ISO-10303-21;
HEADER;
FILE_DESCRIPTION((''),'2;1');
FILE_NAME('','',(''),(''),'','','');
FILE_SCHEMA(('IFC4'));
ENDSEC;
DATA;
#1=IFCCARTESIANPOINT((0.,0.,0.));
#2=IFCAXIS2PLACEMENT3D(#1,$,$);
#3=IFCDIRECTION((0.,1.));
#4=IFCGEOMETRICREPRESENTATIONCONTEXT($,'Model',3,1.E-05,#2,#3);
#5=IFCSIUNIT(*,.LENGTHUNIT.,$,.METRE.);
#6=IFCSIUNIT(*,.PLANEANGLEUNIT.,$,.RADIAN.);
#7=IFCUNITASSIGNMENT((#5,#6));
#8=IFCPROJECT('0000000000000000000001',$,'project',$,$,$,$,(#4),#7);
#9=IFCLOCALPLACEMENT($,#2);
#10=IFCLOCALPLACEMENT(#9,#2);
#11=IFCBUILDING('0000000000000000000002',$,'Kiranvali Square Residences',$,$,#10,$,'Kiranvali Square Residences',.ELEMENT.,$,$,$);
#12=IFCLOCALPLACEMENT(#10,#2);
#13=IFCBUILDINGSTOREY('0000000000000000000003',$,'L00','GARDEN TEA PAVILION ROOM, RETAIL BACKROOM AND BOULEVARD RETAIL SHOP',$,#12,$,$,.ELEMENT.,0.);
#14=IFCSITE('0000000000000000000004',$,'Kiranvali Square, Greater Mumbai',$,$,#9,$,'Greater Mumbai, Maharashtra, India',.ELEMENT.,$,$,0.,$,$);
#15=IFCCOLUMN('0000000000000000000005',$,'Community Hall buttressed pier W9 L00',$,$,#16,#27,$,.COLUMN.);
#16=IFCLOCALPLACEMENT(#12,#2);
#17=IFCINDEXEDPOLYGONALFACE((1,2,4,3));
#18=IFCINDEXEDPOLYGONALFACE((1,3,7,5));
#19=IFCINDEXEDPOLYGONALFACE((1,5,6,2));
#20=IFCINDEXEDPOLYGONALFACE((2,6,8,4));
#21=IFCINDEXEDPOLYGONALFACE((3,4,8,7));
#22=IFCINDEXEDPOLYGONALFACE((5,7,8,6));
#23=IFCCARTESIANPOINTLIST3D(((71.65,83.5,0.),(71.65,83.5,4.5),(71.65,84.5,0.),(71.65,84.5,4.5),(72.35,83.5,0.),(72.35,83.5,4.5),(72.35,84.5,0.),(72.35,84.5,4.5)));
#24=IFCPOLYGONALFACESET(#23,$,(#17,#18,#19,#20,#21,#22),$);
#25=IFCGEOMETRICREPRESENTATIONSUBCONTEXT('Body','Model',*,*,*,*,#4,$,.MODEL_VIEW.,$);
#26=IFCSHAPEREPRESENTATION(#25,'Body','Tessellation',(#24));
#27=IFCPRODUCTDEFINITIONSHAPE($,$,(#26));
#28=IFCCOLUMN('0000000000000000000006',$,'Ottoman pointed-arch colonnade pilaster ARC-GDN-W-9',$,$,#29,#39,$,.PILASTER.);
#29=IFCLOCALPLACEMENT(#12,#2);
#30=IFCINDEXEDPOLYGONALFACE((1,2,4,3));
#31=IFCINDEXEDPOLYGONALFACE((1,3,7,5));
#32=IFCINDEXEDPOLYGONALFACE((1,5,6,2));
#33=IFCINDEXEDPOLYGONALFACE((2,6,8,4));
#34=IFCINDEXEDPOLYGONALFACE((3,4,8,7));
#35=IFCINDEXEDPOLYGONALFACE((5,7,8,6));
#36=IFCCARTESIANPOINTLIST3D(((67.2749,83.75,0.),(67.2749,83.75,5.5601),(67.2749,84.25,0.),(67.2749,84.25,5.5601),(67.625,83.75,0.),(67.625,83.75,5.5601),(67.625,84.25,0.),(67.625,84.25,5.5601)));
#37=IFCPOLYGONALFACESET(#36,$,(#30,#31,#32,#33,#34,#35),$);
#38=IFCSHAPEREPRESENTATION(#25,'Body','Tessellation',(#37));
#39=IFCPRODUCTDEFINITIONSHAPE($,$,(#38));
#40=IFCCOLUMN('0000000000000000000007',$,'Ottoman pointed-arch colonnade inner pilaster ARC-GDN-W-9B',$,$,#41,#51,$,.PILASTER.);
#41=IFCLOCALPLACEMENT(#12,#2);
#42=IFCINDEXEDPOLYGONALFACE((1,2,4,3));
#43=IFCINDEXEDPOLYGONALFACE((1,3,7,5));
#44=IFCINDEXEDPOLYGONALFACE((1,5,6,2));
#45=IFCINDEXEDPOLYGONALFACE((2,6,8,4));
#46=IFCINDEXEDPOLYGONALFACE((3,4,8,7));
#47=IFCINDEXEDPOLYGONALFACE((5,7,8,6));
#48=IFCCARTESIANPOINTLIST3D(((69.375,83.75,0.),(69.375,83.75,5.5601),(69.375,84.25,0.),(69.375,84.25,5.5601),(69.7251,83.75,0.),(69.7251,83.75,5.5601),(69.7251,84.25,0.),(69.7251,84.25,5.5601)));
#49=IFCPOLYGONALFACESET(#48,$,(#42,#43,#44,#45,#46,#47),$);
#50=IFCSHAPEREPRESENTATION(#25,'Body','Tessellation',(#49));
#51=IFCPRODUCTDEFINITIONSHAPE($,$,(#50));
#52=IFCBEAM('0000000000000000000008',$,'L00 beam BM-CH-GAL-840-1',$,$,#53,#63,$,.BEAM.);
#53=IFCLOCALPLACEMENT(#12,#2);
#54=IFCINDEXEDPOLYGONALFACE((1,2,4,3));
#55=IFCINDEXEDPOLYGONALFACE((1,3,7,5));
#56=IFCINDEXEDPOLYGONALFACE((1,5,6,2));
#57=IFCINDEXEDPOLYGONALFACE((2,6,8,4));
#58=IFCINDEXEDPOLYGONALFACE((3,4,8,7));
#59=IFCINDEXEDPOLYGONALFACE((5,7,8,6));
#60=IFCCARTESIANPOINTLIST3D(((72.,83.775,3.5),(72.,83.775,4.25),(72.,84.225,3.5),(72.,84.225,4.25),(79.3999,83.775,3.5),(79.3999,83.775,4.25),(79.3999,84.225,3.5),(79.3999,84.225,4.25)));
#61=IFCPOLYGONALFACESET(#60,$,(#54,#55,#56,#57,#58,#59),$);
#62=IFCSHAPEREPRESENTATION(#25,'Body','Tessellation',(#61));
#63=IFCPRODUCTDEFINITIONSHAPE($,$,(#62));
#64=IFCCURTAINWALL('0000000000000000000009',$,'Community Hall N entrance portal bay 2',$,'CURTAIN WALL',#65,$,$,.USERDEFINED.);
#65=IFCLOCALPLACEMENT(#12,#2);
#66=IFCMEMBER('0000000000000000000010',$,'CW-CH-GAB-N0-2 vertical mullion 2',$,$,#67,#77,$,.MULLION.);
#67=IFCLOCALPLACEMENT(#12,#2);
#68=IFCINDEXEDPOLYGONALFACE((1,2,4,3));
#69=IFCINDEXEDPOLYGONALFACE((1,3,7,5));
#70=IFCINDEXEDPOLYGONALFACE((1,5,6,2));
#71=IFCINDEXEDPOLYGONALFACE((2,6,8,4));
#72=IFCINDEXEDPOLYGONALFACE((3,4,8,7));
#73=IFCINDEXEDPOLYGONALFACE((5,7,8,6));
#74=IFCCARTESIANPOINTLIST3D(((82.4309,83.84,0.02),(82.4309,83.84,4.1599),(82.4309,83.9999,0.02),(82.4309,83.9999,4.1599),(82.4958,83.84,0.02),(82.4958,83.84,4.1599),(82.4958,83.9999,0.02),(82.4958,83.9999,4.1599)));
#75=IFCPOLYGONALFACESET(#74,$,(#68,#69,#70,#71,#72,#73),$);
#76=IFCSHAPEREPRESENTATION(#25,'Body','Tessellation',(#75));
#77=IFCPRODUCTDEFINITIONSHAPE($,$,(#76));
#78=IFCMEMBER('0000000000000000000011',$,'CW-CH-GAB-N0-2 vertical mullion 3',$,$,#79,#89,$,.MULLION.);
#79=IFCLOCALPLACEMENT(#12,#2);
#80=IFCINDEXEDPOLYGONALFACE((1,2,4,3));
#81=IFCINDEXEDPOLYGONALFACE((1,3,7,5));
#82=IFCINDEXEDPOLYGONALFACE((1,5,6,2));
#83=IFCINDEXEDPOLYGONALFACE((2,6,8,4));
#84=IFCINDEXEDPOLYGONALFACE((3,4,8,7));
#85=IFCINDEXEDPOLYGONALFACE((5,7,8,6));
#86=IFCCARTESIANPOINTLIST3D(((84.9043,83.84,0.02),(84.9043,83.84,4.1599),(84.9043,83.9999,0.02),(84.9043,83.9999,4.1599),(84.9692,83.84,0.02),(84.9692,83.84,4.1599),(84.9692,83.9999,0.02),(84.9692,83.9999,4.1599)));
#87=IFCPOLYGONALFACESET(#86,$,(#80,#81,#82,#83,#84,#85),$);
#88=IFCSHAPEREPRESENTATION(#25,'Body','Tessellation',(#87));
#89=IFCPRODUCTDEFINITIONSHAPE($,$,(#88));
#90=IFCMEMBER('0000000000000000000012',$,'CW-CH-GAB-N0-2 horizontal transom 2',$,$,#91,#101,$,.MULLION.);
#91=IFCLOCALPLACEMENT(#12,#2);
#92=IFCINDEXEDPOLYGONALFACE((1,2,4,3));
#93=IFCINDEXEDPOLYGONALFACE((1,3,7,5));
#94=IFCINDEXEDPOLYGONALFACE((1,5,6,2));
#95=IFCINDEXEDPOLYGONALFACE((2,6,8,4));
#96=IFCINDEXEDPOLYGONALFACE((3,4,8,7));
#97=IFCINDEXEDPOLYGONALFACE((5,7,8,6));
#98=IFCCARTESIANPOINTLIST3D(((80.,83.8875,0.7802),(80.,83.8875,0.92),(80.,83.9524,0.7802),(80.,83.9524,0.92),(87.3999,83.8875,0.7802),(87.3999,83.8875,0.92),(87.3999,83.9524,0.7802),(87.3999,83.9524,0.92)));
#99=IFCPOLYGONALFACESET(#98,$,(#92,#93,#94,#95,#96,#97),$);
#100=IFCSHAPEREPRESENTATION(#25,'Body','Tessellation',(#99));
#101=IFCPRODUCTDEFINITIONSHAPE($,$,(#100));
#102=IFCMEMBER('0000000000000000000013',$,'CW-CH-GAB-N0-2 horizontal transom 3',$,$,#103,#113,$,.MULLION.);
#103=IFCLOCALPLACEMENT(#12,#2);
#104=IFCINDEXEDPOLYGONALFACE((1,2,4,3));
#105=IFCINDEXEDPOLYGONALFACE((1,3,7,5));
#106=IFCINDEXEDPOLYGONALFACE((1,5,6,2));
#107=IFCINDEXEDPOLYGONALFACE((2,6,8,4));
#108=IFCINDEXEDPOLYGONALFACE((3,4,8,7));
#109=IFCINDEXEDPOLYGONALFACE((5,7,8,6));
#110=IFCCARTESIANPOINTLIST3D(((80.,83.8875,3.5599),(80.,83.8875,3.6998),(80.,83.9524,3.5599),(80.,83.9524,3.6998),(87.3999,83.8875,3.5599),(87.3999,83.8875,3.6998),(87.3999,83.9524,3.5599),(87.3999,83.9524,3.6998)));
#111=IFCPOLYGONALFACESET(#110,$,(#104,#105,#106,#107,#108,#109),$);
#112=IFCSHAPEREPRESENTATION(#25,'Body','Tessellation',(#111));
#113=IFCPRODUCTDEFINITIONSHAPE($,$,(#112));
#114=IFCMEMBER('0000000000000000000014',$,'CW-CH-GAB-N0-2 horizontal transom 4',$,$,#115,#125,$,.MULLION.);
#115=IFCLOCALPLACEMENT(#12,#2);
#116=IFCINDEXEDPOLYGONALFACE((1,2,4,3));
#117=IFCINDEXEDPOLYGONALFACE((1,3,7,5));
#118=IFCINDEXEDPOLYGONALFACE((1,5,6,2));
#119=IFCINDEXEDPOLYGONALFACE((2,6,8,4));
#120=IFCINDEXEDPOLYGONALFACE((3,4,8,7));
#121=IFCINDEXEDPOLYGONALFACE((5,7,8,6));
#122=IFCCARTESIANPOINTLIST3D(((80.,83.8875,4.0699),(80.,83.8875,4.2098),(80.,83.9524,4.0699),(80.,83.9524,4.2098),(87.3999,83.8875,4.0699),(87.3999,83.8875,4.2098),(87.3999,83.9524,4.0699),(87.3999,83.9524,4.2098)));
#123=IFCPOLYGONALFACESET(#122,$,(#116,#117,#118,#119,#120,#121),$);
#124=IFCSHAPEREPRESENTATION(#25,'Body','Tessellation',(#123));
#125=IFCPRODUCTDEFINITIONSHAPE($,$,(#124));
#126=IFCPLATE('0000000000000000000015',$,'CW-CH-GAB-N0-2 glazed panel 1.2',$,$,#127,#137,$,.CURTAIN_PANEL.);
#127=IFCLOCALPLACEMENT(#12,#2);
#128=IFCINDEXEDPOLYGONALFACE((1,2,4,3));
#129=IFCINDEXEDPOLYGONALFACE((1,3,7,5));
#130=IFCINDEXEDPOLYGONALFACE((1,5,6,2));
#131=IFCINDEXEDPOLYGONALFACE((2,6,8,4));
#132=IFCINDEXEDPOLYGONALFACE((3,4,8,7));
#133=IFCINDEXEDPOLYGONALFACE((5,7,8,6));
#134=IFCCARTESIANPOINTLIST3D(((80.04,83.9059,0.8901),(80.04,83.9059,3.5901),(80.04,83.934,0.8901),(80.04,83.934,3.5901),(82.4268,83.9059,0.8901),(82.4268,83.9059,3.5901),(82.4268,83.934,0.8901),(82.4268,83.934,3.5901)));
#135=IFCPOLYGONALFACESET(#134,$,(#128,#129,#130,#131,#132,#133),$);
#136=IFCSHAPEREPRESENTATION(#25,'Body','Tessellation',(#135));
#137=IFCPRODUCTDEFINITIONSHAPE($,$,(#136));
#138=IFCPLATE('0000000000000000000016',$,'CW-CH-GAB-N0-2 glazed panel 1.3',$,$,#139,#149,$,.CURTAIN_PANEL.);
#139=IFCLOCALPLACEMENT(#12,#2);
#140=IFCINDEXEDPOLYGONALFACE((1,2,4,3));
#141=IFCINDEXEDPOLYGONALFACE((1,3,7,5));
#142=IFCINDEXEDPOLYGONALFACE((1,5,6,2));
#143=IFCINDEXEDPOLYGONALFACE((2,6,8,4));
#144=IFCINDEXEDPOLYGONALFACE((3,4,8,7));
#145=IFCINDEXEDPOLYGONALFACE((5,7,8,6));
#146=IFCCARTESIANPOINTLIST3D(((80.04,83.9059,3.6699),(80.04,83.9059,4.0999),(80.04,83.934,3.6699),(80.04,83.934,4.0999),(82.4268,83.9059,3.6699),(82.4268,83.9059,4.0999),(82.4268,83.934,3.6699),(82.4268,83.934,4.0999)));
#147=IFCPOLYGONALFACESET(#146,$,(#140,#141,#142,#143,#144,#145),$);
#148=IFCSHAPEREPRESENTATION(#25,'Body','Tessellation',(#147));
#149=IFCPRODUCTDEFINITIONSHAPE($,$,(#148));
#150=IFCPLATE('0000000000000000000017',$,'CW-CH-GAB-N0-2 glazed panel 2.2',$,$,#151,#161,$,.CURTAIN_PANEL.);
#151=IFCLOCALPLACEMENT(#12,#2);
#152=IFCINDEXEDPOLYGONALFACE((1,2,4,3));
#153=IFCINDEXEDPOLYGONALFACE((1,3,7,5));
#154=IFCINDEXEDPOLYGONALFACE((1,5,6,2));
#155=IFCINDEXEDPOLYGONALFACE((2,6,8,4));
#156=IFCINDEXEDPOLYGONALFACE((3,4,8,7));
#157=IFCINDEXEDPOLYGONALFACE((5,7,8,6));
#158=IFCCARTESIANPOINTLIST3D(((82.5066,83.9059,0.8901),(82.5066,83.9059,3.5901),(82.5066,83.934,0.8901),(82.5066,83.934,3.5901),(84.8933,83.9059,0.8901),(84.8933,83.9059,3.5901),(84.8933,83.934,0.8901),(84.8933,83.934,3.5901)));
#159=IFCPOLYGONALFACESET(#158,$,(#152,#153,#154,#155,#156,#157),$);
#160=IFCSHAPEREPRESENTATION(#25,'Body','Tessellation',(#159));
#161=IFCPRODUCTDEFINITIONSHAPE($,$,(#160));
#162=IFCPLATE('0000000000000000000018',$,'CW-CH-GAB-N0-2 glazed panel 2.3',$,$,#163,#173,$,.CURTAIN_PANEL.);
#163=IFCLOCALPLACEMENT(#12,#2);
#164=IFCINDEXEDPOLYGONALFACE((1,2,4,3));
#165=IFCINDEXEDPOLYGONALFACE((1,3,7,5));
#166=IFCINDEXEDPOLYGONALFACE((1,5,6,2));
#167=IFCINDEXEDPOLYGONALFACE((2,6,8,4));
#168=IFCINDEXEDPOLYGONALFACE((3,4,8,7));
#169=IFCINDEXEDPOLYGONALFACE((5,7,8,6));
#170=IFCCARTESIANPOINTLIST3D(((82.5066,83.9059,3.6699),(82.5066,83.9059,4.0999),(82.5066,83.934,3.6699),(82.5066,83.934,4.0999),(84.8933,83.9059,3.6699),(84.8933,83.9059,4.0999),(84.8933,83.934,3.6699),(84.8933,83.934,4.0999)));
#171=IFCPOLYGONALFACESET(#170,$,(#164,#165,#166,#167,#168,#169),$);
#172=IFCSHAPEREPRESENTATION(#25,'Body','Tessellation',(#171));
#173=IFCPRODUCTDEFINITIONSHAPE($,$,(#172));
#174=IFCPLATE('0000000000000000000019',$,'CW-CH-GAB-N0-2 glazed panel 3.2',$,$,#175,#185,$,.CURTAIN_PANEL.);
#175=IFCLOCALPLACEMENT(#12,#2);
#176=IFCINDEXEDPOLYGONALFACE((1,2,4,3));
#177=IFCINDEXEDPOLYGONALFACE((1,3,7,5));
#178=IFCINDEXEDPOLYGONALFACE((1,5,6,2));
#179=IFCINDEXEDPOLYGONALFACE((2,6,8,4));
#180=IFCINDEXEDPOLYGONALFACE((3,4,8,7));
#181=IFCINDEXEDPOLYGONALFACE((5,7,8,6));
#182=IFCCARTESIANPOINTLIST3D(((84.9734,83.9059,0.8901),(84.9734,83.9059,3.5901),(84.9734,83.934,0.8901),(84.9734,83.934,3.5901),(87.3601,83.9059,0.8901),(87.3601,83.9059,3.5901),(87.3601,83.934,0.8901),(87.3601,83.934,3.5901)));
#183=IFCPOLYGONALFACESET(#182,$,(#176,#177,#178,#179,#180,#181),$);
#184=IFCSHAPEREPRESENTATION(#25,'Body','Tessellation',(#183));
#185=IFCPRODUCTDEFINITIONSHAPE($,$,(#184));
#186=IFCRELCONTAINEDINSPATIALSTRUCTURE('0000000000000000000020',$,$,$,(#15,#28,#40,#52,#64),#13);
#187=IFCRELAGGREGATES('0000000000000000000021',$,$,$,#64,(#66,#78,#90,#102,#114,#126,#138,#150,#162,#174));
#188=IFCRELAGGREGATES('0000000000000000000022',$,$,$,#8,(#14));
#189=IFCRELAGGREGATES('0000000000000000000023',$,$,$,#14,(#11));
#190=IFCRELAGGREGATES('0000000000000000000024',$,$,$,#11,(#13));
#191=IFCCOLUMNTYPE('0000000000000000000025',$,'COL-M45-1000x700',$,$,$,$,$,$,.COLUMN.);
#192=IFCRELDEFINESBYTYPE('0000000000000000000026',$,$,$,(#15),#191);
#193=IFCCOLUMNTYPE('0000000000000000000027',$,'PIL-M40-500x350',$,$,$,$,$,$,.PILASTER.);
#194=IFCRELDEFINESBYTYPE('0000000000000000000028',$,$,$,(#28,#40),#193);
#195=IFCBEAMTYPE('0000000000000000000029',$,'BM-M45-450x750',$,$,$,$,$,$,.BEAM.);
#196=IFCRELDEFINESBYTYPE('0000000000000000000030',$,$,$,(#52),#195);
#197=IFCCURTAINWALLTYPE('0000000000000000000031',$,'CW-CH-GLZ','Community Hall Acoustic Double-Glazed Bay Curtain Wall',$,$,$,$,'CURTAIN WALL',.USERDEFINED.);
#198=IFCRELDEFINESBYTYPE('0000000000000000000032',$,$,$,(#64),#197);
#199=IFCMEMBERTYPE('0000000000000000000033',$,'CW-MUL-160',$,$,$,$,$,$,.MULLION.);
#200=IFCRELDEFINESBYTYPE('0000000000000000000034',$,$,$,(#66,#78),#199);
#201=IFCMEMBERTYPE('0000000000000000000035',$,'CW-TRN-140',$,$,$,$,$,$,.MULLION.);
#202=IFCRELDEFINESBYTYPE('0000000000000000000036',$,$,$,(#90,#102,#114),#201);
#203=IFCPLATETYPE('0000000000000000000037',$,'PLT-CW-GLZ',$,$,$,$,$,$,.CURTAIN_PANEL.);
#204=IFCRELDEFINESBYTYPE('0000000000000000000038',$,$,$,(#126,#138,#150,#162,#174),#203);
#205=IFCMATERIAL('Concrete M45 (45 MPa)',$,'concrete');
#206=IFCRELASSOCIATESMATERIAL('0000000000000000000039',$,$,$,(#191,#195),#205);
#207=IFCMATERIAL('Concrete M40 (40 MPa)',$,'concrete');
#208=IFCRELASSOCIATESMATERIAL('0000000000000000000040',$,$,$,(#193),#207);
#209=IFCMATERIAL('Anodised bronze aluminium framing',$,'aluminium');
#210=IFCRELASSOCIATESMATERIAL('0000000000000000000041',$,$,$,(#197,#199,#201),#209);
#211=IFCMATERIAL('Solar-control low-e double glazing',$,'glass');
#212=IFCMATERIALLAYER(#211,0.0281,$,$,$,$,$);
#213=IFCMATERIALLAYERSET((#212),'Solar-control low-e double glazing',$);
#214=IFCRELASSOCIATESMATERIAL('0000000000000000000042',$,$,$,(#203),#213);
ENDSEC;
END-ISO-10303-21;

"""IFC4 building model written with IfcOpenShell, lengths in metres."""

from ifc_helpers import new_model, si_unit, direction, frame, origin, origin_2d, place, context, subcontext, project, spatial, rectangle, extrude, material, layer, layer_set, material_profile, profile_set, type_object, element, aggregate, save


model = new_model("IFC4")

# Units and contexts
model_context = context("Model", 3, precision=1e-05, world=origin(), true_north=direction((0.0, 1.0)))
body_context = subcontext(model_context, "Body", "Model", "MODEL_VIEW")
ifc_project = project(units=[si_unit("LENGTHUNIT", "METRE"), si_unit("PLANEANGLEUNIT", "RADIAN")], contexts=[model_context])

# Site, building, storey
site_placement = place(None, origin())
site = spatial("IfcSite", under=ifc_project, at=site_placement, Name="Kiranvali Square, Greater Mumbai", LongName="Greater Mumbai, Maharashtra, India", CompositionType="ELEMENT", RefElevation=0.0)
building_placement = place(site_placement, origin())
building = spatial("IfcBuilding", under=site, at=building_placement, Name="Kiranvali Square Residences", LongName="Kiranvali Square Residences", CompositionType="ELEMENT")
storey_placement = place(building_placement, origin())
storey = spatial("IfcBuildingStorey", under=building, at=storey_placement, Name="L00", Description="GARDEN TEA PAVILION ROOM, RETAIL BACKROOM AND BOULEVARD RETAIL SHOP", CompositionType="ELEMENT", Elevation=0.0)

# Columns
ifc_material_1 = material(Name="Concrete M45 (45 MPa)", Category="concrete")
ifc_material_profile_1 = material_profile(ifc_material_1, rectangle(XDim=0.7, YDim=1.0, at=origin_2d()), Name="RC 1000x700")
ifc_profile_set_1 = profile_set([ifc_material_profile_1], Name="Concrete M45 (45 MPa)")
column_type_1 = type_object("IfcColumnType", Name="COL-M45-1000x700", PredefinedType="COLUMN", material=ifc_profile_set_1)
column_placement = place(storey_placement, frame((72.0, 84.0, 0.0), z_axis=(0.0, 0.0, 1.0), x_axis=(1.0, 0.0, 0.0)))
element("IfcColumn", 1, at=column_placement, inside=storey, type_object=column_type_1, Name="Community Hall buttressed pier W9 L00", PredefinedType="COLUMN", context=body_context, shape_type="SweptSolid", body=[
    extrude(rectangle(XDim=0.7, YDim=1.0, at=origin_2d()), origin(), (0.0, 0.0, 1.0), 4.5),
])
ifc_material_2 = material(Name="Concrete M40 (40 MPa)", Category="concrete")
ifc_material_profile_2 = material_profile(ifc_material_2, rectangle(XDim=0.3501, YDim=0.5, at=origin_2d()), Name="RC 500x350")
ifc_profile_set_2 = profile_set([ifc_material_profile_2], Name="Concrete M40 (40 MPa)")
column_type_2 = type_object("IfcColumnType", Name="PIL-M40-500x350", PredefinedType="PILASTER", material=ifc_profile_set_2)
for number, where, z_axis, x_axis, name in (
    (2, (67.45, 84.0, 0.0), (0.0, 0.0, 1.0), (1.0, 0.0, 0.0), "Ottoman pointed-arch colonnade pilaster ARC-GDN-W-9"),
    (3, (69.55, 84.0, 0.0), (0.0, 0.0, 1.0), (1.0, 0.0, 0.0), "Ottoman pointed-arch colonnade inner pilaster ARC-GDN-W-9B"),
):
    element("IfcColumn", number, at=place(storey_placement, frame(where, z_axis=z_axis, x_axis=x_axis)), inside=storey, type_object=column_type_2, Name=name, PredefinedType="PILASTER", context=body_context, shape_type="SweptSolid", body=[
        extrude(rectangle(XDim=0.3501, YDim=0.5, at=origin_2d()), origin(), (0.0, 0.0, 1.0), 5.5601),
    ])

# Beam
ifc_material_profile_3 = material_profile(ifc_material_1, rectangle(XDim=0.45, YDim=0.75, at=origin_2d()), Name="RC 450x750")
ifc_profile_set_3 = profile_set([ifc_material_profile_3], Name="Concrete M45 (45 MPa)")
beam_type = type_object("IfcBeamType", Name="BM-M45-450x750", PredefinedType="BEAM", material=ifc_profile_set_3)
beam_placement = place(storey_placement, frame((72.0, 84.0, 3.875), z_axis=(1.0, 0.0, 0.0), x_axis=(0.0, 1.0, 0.0)))
element("IfcBeam", 4, at=beam_placement, inside=storey, type_object=beam_type, Name="L00 beam BM-CH-GAL-840-1", PredefinedType="BEAM", context=body_context, shape_type="SweptSolid", body=[
    extrude(rectangle(XDim=0.45, YDim=0.75, at=origin_2d()), origin(), (0.0, 0.0, 1.0), 7.3999),
])

# Curtain wall, members, plates
ifc_material_3 = material(Name="Anodised bronze aluminium framing", Category="aluminium")
curtain_wall_type = type_object("IfcCurtainWallType", Name="CW-CH-GLZ", Description="Community Hall Acoustic Double-Glazed Bay Curtain Wall", ElementType="CURTAIN WALL", PredefinedType="USERDEFINED", material=ifc_material_3)
curtain_wall_placement = place(storey_placement, origin())
curtain_wall = element("IfcCurtainWall", 5, at=curtain_wall_placement, inside=storey, type_object=curtain_wall_type, Name="Community Hall N entrance portal bay 2", ObjectType="CURTAIN WALL", PredefinedType="USERDEFINED")
ifc_material_profile_4 = material_profile(ifc_material_3, rectangle(XDim=0.0649, YDim=0.1599, at=origin_2d()), Name="ALU 65x160")
ifc_profile_set_4 = profile_set([ifc_material_profile_4], Name="Anodised bronze aluminium framing")
member_type_1 = type_object("IfcMemberType", Name="CW-MUL-160", PredefinedType="MULLION", material=ifc_profile_set_4)
member_1_placement = place(storey_placement, frame((82.4634, 83.9199, 0.02), z_axis=(0.0, 0.0, 1.0), x_axis=(1.0, 0.0, 0.0)))
member_1 = element("IfcMember", 6, at=member_1_placement, type_object=member_type_1, Name="CW-CH-GAB-N0-2 vertical mullion 2", PredefinedType="MULLION", context=body_context, shape_type="SweptSolid", body=[
    extrude(rectangle(XDim=0.0649, YDim=0.1599, at=origin_2d()), origin(), (0.0, 0.0, 1.0), 4.1399),
])
member_2_placement = place(storey_placement, frame((84.9368, 83.9199, 0.02), z_axis=(0.0, 0.0, 1.0), x_axis=(1.0, 0.0, 0.0)))
member_2 = element("IfcMember", 7, at=member_2_placement, type_object=member_type_1, Name="CW-CH-GAB-N0-2 vertical mullion 3", PredefinedType="MULLION", context=body_context, shape_type="SweptSolid", body=[
    extrude(rectangle(XDim=0.0649, YDim=0.1599, at=origin_2d()), origin(), (0.0, 0.0, 1.0), 4.1399),
])
ifc_material_profile_5 = material_profile(ifc_material_3, rectangle(XDim=0.0649, YDim=0.1399, at=origin_2d()), Name="ALU 65x140")
ifc_profile_set_5 = profile_set([ifc_material_profile_5], Name="Anodised bronze aluminium framing")
member_type_2 = type_object("IfcMemberType", Name="CW-TRN-140", PredefinedType="MULLION", material=ifc_profile_set_5)
member_3_placement = place(storey_placement, frame((80.0, 83.9199, 0.8501), z_axis=(1.0, 0.0, 0.0), x_axis=(0.0, 1.0, 0.0)))
member_3 = element("IfcMember", 8, at=member_3_placement, type_object=member_type_2, Name="CW-CH-GAB-N0-2 horizontal transom 2", PredefinedType="MULLION", context=body_context, shape_type="SweptSolid", body=[
    extrude(rectangle(XDim=0.0649, YDim=0.1399, at=origin_2d()), origin(), (0.0, 0.0, 1.0), 7.3999),
])
member_4_placement = place(storey_placement, frame((80.0, 83.9199, 3.6299), z_axis=(1.0, 0.0, 0.0), x_axis=(0.0, 1.0, 0.0)))
member_4 = element("IfcMember", 9, at=member_4_placement, type_object=member_type_2, Name="CW-CH-GAB-N0-2 horizontal transom 3", PredefinedType="MULLION", context=body_context, shape_type="SweptSolid", body=[
    extrude(rectangle(XDim=0.0649, YDim=0.1399, at=origin_2d()), origin(), (0.0, 0.0, 1.0), 7.3999),
])
member_5_placement = place(storey_placement, frame((80.0, 83.9199, 4.1399), z_axis=(1.0, 0.0, 0.0), x_axis=(0.0, 1.0, 0.0)))
member_5 = element("IfcMember", 10, at=member_5_placement, type_object=member_type_2, Name="CW-CH-GAB-N0-2 horizontal transom 4", PredefinedType="MULLION", context=body_context, shape_type="SweptSolid", body=[
    extrude(rectangle(XDim=0.0649, YDim=0.1399, at=origin_2d()), origin(), (0.0, 0.0, 1.0), 7.3999),
])
ifc_material_4 = material(Name="Solar-control low-e double glazing", Category="glass")
ifc_layer_1 = layer(ifc_material_4, 0.0281)
ifc_layer_set_1 = layer_set([ifc_layer_1], Name="Solar-control low-e double glazing")
plate_type_1 = type_object("IfcPlateType", Name="PLT-CW-GLZ", PredefinedType="CURTAIN_PANEL", material=ifc_layer_set_1)
plate_1_placement = place(storey_placement, frame((81.2334, 83.9199, 0.8901), z_axis=(0.0, 0.0, 1.0), x_axis=(1.0, 0.0, 0.0)))
plate_1 = element("IfcPlate", 11, at=plate_1_placement, type_object=plate_type_1, Name="CW-CH-GAB-N0-2 glazed panel 1.2", PredefinedType="CURTAIN_PANEL", context=body_context, shape_type="SweptSolid", body=[
    extrude(rectangle(XDim=2.3867, YDim=0.0281, at=origin_2d()), origin(), (0.0, 0.0, 1.0), 2.7),
])
plate_2_placement = place(storey_placement, frame((81.2334, 83.9199, 3.6699), z_axis=(0.0, 0.0, 1.0), x_axis=(1.0, 0.0, 0.0)))
plate_2 = element("IfcPlate", 12, at=plate_2_placement, type_object=plate_type_1, Name="CW-CH-GAB-N0-2 glazed panel 1.3", PredefinedType="CURTAIN_PANEL", context=body_context, shape_type="SweptSolid", body=[
    extrude(rectangle(XDim=2.3867, YDim=0.0281, at=origin_2d()), origin(), (0.0, 0.0, 1.0), 0.4299),
])
plate_3_placement = place(storey_placement, frame((83.7, 83.9199, 0.8901), z_axis=(0.0, 0.0, 1.0), x_axis=(1.0, 0.0, 0.0)))
plate_3 = element("IfcPlate", 13, at=plate_3_placement, type_object=plate_type_1, Name="CW-CH-GAB-N0-2 glazed panel 2.2", PredefinedType="CURTAIN_PANEL", context=body_context, shape_type="SweptSolid", body=[
    extrude(rectangle(XDim=2.3867, YDim=0.0281, at=origin_2d()), origin(), (0.0, 0.0, 1.0), 2.7),
])
plate_4_placement = place(storey_placement, frame((83.7, 83.9199, 3.6699), z_axis=(0.0, 0.0, 1.0), x_axis=(1.0, 0.0, 0.0)))
plate_4 = element("IfcPlate", 14, at=plate_4_placement, type_object=plate_type_1, Name="CW-CH-GAB-N0-2 glazed panel 2.3", PredefinedType="CURTAIN_PANEL", context=body_context, shape_type="SweptSolid", body=[
    extrude(rectangle(XDim=2.3867, YDim=0.0281, at=origin_2d()), origin(), (0.0, 0.0, 1.0), 0.4299),
])
plate_5_placement = place(storey_placement, frame((86.1667, 83.9199, 0.8901), z_axis=(0.0, 0.0, 1.0), x_axis=(1.0, 0.0, 0.0)))
plate_5 = element("IfcPlate", 15, at=plate_5_placement, type_object=plate_type_1, Name="CW-CH-GAB-N0-2 glazed panel 3.2", PredefinedType="CURTAIN_PANEL", context=body_context, shape_type="SweptSolid", body=[
    extrude(rectangle(XDim=2.3867, YDim=0.0281, at=origin_2d()), origin(), (0.0, 0.0, 1.0), 2.7),
])
aggregate(curtain_wall, [member_1, member_2, member_3, member_4, member_5, plate_1, plate_2, plate_3, plate_4, plate_5])

save(model, "model.ifc")
